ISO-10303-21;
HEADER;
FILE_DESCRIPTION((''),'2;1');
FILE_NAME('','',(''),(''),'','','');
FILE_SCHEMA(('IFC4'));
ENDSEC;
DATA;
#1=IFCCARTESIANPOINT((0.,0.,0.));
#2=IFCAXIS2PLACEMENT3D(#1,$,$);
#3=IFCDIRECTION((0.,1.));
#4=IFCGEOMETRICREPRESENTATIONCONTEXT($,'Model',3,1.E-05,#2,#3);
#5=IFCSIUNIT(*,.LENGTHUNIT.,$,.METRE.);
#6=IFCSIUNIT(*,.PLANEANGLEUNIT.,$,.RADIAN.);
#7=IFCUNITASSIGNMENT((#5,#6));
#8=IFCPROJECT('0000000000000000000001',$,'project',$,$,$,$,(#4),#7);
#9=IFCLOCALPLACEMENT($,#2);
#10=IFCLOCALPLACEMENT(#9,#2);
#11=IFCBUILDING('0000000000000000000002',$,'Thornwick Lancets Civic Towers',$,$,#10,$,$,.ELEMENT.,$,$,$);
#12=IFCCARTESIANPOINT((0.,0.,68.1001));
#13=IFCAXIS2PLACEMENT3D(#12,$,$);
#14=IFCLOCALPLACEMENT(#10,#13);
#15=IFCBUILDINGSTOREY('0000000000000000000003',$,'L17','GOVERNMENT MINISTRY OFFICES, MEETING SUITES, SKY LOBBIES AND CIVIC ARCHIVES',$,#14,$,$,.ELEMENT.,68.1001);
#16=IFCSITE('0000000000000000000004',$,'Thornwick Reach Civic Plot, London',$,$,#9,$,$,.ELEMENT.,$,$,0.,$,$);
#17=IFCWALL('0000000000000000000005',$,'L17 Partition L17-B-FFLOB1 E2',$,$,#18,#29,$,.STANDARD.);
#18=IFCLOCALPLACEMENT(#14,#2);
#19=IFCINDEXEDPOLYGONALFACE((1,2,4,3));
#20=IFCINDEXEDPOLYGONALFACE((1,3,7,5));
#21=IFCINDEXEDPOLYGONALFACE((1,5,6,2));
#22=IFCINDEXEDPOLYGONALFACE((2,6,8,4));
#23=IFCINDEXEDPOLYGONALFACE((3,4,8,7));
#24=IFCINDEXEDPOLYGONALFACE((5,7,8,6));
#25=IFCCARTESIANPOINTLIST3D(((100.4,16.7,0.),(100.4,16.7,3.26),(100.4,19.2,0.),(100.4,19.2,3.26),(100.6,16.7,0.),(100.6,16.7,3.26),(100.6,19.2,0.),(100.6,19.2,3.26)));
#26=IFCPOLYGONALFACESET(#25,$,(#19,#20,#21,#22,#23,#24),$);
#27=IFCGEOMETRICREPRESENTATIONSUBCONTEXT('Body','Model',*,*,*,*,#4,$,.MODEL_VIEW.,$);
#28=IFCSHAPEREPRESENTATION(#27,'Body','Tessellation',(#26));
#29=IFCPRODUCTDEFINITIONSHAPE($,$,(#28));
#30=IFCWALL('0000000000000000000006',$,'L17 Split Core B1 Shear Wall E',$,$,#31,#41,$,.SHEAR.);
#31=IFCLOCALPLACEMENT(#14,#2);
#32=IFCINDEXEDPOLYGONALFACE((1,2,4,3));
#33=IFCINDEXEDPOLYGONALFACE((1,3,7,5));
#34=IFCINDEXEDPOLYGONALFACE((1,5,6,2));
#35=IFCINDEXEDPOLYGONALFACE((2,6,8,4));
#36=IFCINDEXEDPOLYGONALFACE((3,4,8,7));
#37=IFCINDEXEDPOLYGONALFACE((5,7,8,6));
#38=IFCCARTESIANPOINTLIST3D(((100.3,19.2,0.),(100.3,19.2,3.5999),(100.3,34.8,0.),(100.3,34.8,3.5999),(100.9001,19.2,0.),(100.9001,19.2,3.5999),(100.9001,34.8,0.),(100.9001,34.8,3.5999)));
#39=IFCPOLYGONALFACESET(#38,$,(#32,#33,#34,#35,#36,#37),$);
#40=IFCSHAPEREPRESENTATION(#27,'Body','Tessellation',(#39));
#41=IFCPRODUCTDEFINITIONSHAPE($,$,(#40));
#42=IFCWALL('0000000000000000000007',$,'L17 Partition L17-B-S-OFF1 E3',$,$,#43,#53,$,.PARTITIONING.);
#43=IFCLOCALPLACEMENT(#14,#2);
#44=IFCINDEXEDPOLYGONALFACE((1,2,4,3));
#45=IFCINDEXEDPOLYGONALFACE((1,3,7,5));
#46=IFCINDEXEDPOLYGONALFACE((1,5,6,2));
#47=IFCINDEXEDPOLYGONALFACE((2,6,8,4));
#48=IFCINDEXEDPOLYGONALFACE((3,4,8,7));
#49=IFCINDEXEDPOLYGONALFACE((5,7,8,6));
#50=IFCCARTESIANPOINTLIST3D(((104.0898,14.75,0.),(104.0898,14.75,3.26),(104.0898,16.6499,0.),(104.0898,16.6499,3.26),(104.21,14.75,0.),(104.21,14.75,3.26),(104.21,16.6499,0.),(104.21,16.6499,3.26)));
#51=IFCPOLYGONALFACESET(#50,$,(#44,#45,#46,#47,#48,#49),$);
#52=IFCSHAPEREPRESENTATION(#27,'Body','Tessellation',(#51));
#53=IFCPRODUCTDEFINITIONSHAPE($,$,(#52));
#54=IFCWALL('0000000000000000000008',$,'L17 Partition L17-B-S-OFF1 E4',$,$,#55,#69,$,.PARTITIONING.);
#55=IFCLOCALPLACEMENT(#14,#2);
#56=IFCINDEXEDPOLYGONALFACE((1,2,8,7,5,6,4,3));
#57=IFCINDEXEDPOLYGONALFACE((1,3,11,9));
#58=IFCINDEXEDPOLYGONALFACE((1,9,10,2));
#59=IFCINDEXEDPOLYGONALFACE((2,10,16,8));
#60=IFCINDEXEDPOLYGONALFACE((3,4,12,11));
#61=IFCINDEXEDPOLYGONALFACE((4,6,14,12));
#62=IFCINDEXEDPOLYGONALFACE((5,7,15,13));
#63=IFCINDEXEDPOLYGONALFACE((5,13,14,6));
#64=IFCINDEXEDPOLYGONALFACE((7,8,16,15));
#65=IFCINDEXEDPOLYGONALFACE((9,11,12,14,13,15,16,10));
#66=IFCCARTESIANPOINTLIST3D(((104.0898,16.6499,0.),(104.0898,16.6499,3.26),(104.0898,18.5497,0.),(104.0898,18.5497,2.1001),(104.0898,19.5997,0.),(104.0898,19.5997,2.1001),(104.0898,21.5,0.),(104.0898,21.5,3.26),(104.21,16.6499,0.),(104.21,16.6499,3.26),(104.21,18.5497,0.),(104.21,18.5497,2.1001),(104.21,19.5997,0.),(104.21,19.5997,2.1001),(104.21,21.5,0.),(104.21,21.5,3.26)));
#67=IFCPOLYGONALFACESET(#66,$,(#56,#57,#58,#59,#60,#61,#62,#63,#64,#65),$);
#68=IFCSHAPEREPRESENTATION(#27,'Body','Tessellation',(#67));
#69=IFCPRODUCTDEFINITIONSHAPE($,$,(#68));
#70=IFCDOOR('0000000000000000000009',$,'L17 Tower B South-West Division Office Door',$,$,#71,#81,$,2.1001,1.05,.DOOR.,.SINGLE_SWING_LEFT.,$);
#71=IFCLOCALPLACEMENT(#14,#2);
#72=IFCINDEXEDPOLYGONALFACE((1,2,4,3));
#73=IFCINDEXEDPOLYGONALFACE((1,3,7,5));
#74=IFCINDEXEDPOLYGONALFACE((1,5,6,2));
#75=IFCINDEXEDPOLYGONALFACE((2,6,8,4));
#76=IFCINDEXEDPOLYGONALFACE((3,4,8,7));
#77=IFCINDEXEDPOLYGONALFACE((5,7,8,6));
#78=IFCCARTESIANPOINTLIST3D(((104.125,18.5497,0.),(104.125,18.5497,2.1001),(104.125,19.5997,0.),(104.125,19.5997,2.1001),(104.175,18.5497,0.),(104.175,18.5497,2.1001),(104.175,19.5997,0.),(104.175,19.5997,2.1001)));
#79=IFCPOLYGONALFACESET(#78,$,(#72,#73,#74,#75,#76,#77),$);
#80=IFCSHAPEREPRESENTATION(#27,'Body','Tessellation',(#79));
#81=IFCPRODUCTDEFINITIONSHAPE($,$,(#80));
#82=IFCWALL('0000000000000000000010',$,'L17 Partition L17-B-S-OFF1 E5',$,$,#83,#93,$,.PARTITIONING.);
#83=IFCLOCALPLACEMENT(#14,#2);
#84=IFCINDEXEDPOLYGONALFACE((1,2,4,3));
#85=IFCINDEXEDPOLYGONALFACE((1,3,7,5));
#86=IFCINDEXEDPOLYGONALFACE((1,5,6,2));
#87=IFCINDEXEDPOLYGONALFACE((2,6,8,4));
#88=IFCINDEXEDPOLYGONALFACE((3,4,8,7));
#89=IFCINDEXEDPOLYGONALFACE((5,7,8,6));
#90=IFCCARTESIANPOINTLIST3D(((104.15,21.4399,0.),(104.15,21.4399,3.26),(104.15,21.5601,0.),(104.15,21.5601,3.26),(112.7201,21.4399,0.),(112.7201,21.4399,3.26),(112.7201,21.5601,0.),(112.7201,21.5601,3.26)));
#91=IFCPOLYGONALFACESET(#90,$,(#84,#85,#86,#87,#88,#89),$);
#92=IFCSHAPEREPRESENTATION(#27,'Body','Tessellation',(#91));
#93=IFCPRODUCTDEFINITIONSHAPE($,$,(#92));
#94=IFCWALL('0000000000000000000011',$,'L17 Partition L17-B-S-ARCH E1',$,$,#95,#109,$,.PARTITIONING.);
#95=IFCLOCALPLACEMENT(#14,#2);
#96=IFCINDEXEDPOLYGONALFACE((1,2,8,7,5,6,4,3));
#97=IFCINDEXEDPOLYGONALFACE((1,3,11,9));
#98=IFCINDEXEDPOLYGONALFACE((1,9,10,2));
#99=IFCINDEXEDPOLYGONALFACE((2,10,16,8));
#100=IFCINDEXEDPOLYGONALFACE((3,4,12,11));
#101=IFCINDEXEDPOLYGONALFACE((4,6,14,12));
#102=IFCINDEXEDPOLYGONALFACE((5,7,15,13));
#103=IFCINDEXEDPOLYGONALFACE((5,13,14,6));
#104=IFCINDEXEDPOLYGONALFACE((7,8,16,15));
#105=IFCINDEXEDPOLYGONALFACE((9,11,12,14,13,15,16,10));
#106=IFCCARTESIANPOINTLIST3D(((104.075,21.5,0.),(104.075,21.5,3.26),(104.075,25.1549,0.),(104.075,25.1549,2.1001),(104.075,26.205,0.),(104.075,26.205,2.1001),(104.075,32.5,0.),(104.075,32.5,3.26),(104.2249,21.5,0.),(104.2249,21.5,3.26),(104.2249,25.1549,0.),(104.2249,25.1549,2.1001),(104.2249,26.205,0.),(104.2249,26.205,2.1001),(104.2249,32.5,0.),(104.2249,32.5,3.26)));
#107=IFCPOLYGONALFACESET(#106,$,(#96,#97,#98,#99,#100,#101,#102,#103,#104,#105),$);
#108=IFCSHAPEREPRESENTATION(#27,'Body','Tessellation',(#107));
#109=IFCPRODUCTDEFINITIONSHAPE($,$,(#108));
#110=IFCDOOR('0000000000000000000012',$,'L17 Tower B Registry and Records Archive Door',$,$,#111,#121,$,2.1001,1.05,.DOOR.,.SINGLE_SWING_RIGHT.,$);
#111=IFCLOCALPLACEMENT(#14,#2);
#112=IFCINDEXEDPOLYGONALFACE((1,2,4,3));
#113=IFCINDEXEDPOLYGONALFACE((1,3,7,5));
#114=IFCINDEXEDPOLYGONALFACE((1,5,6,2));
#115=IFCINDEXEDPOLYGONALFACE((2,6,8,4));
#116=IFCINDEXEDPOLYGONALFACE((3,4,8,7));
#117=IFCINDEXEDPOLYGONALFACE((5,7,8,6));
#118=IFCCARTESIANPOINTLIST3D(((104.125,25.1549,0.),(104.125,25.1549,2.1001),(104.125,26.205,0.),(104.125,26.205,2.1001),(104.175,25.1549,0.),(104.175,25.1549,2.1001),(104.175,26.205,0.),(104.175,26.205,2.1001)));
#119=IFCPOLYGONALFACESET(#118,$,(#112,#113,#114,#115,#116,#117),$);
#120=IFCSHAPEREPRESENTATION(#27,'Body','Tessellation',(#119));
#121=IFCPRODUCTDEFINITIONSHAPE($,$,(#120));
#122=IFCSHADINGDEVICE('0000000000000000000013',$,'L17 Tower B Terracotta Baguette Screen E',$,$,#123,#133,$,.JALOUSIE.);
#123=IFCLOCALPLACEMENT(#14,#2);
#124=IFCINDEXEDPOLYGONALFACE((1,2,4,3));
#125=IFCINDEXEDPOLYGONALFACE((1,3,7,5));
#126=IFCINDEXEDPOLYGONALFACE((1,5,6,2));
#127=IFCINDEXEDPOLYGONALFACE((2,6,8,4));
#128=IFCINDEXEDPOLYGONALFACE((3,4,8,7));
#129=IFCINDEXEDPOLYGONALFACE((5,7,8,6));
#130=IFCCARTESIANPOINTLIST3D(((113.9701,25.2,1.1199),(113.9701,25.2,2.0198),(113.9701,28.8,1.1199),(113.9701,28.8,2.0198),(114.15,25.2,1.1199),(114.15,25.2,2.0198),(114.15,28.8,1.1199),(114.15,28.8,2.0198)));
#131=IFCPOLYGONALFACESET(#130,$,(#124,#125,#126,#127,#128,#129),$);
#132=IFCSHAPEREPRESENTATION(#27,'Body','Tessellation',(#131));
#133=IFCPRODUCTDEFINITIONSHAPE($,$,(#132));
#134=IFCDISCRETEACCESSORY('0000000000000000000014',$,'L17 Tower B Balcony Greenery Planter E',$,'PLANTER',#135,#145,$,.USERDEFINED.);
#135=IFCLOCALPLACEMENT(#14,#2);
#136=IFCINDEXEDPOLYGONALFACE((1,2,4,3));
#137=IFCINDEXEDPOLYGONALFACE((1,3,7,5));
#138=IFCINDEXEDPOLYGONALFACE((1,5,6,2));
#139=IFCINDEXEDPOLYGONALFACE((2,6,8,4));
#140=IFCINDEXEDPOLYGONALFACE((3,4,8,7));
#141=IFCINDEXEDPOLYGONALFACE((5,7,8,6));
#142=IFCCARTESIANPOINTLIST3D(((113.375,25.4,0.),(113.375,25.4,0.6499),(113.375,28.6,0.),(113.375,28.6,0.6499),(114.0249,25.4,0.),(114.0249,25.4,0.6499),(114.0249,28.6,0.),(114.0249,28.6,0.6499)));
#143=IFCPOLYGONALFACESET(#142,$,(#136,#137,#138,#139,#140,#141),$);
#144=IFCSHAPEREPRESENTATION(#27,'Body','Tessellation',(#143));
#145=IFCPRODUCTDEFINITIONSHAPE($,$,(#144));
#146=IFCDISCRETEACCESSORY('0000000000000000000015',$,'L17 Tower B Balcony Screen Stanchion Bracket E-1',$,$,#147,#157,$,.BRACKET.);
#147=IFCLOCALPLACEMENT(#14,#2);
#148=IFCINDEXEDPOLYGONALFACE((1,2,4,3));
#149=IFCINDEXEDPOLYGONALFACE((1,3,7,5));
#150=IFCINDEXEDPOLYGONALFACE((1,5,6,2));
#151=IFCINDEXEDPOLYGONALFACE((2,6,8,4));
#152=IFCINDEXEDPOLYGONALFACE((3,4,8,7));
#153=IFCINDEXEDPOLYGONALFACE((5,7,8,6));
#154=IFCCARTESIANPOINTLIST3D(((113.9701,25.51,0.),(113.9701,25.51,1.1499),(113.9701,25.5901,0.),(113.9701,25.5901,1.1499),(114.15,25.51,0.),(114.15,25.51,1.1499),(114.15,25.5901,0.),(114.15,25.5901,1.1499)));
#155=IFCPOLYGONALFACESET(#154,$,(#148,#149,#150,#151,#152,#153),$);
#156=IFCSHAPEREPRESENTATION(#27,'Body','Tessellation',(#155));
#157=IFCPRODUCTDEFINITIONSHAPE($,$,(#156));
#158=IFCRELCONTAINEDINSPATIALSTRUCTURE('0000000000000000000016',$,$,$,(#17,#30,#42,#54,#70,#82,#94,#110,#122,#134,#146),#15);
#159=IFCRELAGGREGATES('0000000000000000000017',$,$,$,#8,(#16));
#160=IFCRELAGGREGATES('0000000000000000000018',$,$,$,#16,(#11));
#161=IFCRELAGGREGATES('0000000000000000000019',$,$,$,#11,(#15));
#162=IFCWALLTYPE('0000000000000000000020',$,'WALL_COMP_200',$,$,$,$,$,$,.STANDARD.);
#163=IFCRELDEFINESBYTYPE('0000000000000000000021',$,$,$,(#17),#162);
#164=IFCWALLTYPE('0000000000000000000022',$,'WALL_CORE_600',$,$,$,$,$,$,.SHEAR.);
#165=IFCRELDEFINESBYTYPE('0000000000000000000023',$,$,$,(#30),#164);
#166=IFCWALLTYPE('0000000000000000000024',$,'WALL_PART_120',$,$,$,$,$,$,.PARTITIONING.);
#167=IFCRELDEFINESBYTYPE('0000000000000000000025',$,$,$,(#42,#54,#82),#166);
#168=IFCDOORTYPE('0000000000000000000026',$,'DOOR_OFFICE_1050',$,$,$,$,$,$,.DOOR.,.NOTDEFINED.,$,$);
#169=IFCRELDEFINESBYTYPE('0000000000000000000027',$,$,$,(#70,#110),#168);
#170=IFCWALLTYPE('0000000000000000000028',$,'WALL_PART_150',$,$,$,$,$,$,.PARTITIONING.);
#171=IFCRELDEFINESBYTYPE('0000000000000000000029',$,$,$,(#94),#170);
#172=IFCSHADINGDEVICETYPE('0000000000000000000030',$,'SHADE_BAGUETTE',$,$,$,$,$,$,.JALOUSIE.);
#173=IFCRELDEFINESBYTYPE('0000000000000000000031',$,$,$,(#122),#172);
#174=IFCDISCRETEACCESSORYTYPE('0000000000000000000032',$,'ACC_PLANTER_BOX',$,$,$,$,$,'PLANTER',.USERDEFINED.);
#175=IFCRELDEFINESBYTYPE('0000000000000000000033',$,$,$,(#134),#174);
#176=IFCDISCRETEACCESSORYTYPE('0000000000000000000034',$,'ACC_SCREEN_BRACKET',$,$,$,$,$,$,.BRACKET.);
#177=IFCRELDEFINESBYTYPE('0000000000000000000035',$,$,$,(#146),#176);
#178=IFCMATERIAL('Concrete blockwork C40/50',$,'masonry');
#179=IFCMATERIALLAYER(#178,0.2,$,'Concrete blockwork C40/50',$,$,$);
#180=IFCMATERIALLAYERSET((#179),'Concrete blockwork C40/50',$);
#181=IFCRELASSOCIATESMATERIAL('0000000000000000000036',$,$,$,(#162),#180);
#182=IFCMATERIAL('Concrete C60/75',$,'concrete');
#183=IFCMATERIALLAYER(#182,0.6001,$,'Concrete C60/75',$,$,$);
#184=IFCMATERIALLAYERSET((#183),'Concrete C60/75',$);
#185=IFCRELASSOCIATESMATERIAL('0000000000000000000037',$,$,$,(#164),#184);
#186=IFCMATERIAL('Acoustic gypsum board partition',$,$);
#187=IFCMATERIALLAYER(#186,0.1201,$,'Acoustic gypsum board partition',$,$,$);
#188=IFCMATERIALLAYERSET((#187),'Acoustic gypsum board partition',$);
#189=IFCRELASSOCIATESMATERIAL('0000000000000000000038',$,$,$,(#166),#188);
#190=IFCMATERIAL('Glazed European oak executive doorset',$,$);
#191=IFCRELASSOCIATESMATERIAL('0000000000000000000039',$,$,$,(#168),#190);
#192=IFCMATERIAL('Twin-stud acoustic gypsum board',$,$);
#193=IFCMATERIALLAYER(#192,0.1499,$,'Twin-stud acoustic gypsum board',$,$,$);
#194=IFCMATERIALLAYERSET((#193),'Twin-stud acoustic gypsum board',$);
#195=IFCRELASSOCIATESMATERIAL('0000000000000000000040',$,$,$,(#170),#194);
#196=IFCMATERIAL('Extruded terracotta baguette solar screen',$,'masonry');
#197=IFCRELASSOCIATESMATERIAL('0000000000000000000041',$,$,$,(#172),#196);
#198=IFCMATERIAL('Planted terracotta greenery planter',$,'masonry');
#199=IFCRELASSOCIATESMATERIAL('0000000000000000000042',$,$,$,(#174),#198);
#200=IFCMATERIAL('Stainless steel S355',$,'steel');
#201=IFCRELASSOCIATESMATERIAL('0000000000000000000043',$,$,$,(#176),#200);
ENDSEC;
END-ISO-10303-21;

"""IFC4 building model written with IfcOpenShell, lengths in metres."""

from ifc_helpers import new_model, si_unit, direction, frame, frame_2d, origin, origin_2d, place, context, subcontext, project, spatial, rectangle, extrude, material, layer, layer_set, type_object, element, fill, save


model = new_model("IFC4")

# Units and contexts
model_context = context("Model", 3, precision=1e-05, world=origin(), true_north=direction((0.0, 1.0)))
body_context = subcontext(model_context, "Body", "Model", "MODEL_VIEW")
ifc_project = project(units=[si_unit("LENGTHUNIT", "METRE"), si_unit("PLANEANGLEUNIT", "RADIAN")], contexts=[model_context])

# Site, building, storey
site_placement = place(None, origin())
site = spatial("IfcSite", under=ifc_project, at=site_placement, Name="Thornwick Reach Civic Plot, London", CompositionType="ELEMENT", RefElevation=0.0)
building_placement = place(site_placement, origin())
building = spatial("IfcBuilding", under=site, at=building_placement, Name="Thornwick Lancets Civic Towers", CompositionType="ELEMENT")
storey_placement = place(building_placement, frame((0.0, 0.0, 68.1001)))
storey = spatial("IfcBuildingStorey", under=building, at=storey_placement, Name="L17", Description="GOVERNMENT MINISTRY OFFICES, MEETING SUITES, SKY LOBBIES AND CIVIC ARCHIVES", CompositionType="ELEMENT", Elevation=68.1001)

# Shared definitions
ifc_material_1 = material(Name="Concrete C60/75", Category="concrete")

# Walls
ifc_material_2 = material(Name="Concrete blockwork C40/50", Category="masonry")
ifc_layer_1 = layer(ifc_material_2, 0.2, Name="Concrete blockwork C40/50")
ifc_layer_set_1 = layer_set([ifc_layer_1], Name="Concrete blockwork C40/50")
wall_type_1 = type_object("IfcWallType", Name="WALL_COMP_200", PredefinedType="STANDARD", material=ifc_layer_set_1)
wall_1_placement = place(storey_placement, frame((100.5, 16.7, 0.0), z_axis=(0.0, 0.0, 1.0), x_axis=(0.0, 1.0, 0.0)))
element("IfcWall", 1, at=wall_1_placement, inside=storey, type_object=wall_type_1, Name="L17 Partition L17-B-FFLOB1 E2", PredefinedType="STANDARD", context=body_context, shape_type="SweptSolid", body=[
    extrude(rectangle(XDim=2.5, YDim=0.2, at=frame_2d((1.25, 0.0))), origin(), (0.0, 0.0, 1.0), 3.26),
])
ifc_layer_2 = layer(ifc_material_1, 0.6001, Name="Concrete C60/75")
ifc_layer_set_2 = layer_set([ifc_layer_2], Name="Concrete C60/75")
wall_type_2 = type_object("IfcWallType", Name="WALL_CORE_600", PredefinedType="SHEAR", material=ifc_layer_set_2)
wall_2_placement = place(storey_placement, frame((100.6001, 19.2, 0.0), z_axis=(0.0, 0.0, 1.0), x_axis=(0.0, 1.0, 0.0)))
element("IfcWall", 2, at=wall_2_placement, inside=storey, type_object=wall_type_2, Name="L17 Split Core B1 Shear Wall E", PredefinedType="SHEAR", context=body_context, shape_type="SweptSolid", body=[
    extrude(rectangle(XDim=15.6001, YDim=0.6001, at=frame_2d((7.8, 0.0))), origin(), (0.0, 0.0, 1.0), 3.5999),
])
ifc_material_3 = material(Name="Acoustic gypsum board partition")
ifc_layer_3 = layer(ifc_material_3, 0.1201, Name="Acoustic gypsum board partition")
ifc_layer_set_3 = layer_set([ifc_layer_3], Name="Acoustic gypsum board partition")
wall_type_3 = type_object("IfcWallType", Name="WALL_PART_120", PredefinedType="PARTITIONING", material=ifc_layer_set_3)
wall_3_placement = place(storey_placement, frame((104.1499, 14.75, 0.0), z_axis=(0.0, 0.0, 1.0), x_axis=(0.0, 1.0, 0.0)))
element("IfcWall", 3, at=wall_3_placement, inside=storey, type_object=wall_type_3, Name="L17 Partition L17-B-S-OFF1 E3", PredefinedType="PARTITIONING", context=body_context, shape_type="SweptSolid", body=[
    extrude(rectangle(XDim=1.8999, YDim=0.1201, at=frame_2d((0.95, 0.0))), origin(), (0.0, 0.0, 1.0), 3.26),
])

# Wall, opening, door
wall_4_placement = place(storey_placement, frame((104.1499, 16.6499, 0.0), z_axis=(0.0, 0.0, 1.0), x_axis=(0.0, 1.0, 0.0)))
wall_4 = element("IfcWall", 4, at=wall_4_placement, inside=storey, type_object=wall_type_3, Name="L17 Partition L17-B-S-OFF1 E4", PredefinedType="PARTITIONING", context=body_context, shape_type="SweptSolid", body=[
    extrude(rectangle(XDim=4.8501, YDim=0.1201, at=frame_2d((2.425, 0.0))), origin(), (0.0, 0.0, 1.0), 3.26),
])
opening_1_placement = place(wall_4_placement, frame((1.8999, 0.0, 0.0)))
opening_1 = element("IfcOpeningElement", 5, at=opening_1_placement, cuts=wall_4, PredefinedType="OPENING", context=body_context, shape_type="SweptSolid", body=[
    extrude(rectangle(XDim=1.05, YDim=2.1001, at=frame_2d((0.5249, 1.05))), frame((0.0, 0.0701, 0.0), z_axis=(0.0, -1.0, 0.0), x_axis=(1.0, 0.0, 0.0)), (0.0, 0.0, 1.0), 0.1401),
])
ifc_material_4 = material(Name="Glazed European oak executive doorset")
door_type = type_object("IfcDoorType", Name="DOOR_OFFICE_1050", OperationType="NOTDEFINED", PredefinedType="DOOR", material=ifc_material_4)
door_1_placement = place(opening_1_placement, origin())
door_1 = element("IfcDoor", 6, at=door_1_placement, inside=storey, type_object=door_type, Name="L17 Tower B South-West Division Office Door", OperationType="SINGLE_SWING_LEFT", OverallHeight=2.1001, OverallWidth=1.05, PredefinedType="DOOR", context=body_context, shape_type="SweptSolid", body=[
    extrude(rectangle(XDim=1.05, YDim=2.1001, at=frame_2d((0.5249, 1.05))), frame((0.0, 0.0249, 0.0), z_axis=(0.0, -1.0, 0.0), x_axis=(1.0, 0.0, 0.0)), (0.0, 0.0, 1.0), 0.05),
])
fill(opening_1, door_1)

# Wall
wall_5_placement = place(storey_placement, frame((104.1499, 21.5, 0.0), z_axis=(0.0, 0.0, 1.0), x_axis=(1.0, 0.0, 0.0)))
element("IfcWall", 7, at=wall_5_placement, inside=storey, type_object=wall_type_3, Name="L17 Partition L17-B-S-OFF1 E5", PredefinedType="PARTITIONING", context=body_context, shape_type="SweptSolid", body=[
    extrude(rectangle(XDim=8.5701, YDim=0.1201, at=frame_2d((4.2852, 0.0))), origin(), (0.0, 0.0, 1.0), 3.26),
])

# Wall, opening, door
ifc_material_5 = material(Name="Twin-stud acoustic gypsum board")
ifc_layer_4 = layer(ifc_material_5, 0.1499, Name="Twin-stud acoustic gypsum board")
ifc_layer_set_4 = layer_set([ifc_layer_4], Name="Twin-stud acoustic gypsum board")
wall_type_4 = type_object("IfcWallType", Name="WALL_PART_150", PredefinedType="PARTITIONING", material=ifc_layer_set_4)
wall_6_placement = place(storey_placement, frame((104.1499, 21.5, 0.0), z_axis=(0.0, 0.0, 1.0), x_axis=(0.0, 1.0, 0.0)))
wall_6 = element("IfcWall", 8, at=wall_6_placement, inside=storey, type_object=wall_type_4, Name="L17 Partition L17-B-S-ARCH E1", PredefinedType="PARTITIONING", context=body_context, shape_type="SweptSolid", body=[
    extrude(rectangle(XDim=11.0, YDim=0.1499, at=frame_2d((5.5, 0.0))), origin(), (0.0, 0.0, 1.0), 3.26),
])
opening_2_placement = place(wall_6_placement, frame((3.655, 0.0, 0.0)))
opening_2 = element("IfcOpeningElement", 9, at=opening_2_placement, cuts=wall_6, PredefinedType="OPENING", context=body_context, shape_type="SweptSolid", body=[
    extrude(rectangle(XDim=1.05, YDim=2.1001, at=frame_2d((0.5249, 1.05))), frame((0.0, 0.085, 0.0), z_axis=(0.0, -1.0, 0.0), x_axis=(1.0, 0.0, 0.0)), (0.0, 0.0, 1.0), 0.1699),
])
door_2_placement = place(opening_2_placement, origin())
door_2 = element("IfcDoor", 10, at=door_2_placement, inside=storey, type_object=door_type, Name="L17 Tower B Registry and Records Archive Door", OperationType="SINGLE_SWING_RIGHT", OverallHeight=2.1001, OverallWidth=1.05, PredefinedType="DOOR", context=body_context, shape_type="SweptSolid", body=[
    extrude(rectangle(XDim=1.05, YDim=2.1001, at=frame_2d((0.5249, 1.05))), frame((0.0, 0.0249, 0.0), z_axis=(0.0, -1.0, 0.0), x_axis=(1.0, 0.0, 0.0)), (0.0, 0.0, 1.0), 0.05),
])
fill(opening_2, door_2)

# Shading device
ifc_material_6 = material(Name="Extruded terracotta baguette solar screen", Category="masonry")
shading_device_type = type_object("IfcShadingDeviceType", Name="SHADE_BAGUETTE", PredefinedType="JALOUSIE", material=ifc_material_6)
shading_device_placement = place(storey_placement, frame((114.0601, 27.0, 1.1199), z_axis=(0.0, 0.0, 1.0), x_axis=(0.0, 1.0, 0.0)))
element("IfcShadingDevice", 11, at=shading_device_placement, inside=storey, type_object=shading_device_type, Name="L17 Tower B Terracotta Baguette Screen E", PredefinedType="JALOUSIE", context=body_context, shape_type="SweptSolid", body=[
    extrude(rectangle(XDim=3.6001, YDim=0.1799, at=origin_2d()), origin(), (0.0, 0.0, 1.0), 0.8999),
])

# Discrete accessories
ifc_material_7 = material(Name="Planted terracotta greenery planter", Category="masonry")
discrete_accessory_type_1 = type_object("IfcDiscreteAccessoryType", Name="ACC_PLANTER_BOX", ElementType="PLANTER", PredefinedType="USERDEFINED", material=ifc_material_7)
discrete_accessory_1_placement = place(storey_placement, frame((113.7, 27.0, 0.0), z_axis=(0.0, 0.0, 1.0), x_axis=(1.0, 0.0, 0.0)))
element("IfcDiscreteAccessory", 12, at=discrete_accessory_1_placement, inside=storey, type_object=discrete_accessory_type_1, Name="L17 Tower B Balcony Greenery Planter E", ObjectType="PLANTER", PredefinedType="USERDEFINED", context=body_context, shape_type="SweptSolid", body=[
    extrude(rectangle(XDim=0.6499, YDim=3.2, at=origin_2d()), origin(), (0.0, 0.0, 1.0), 0.6499),
])
ifc_material_8 = material(Name="Stainless steel S355", Category="steel")
discrete_accessory_type_2 = type_object("IfcDiscreteAccessoryType", Name="ACC_SCREEN_BRACKET", PredefinedType="BRACKET", material=ifc_material_8)
discrete_accessory_2_placement = place(storey_placement, frame((114.0601, 25.55, 0.0), z_axis=(0.0, 0.0, 1.0), x_axis=(0.0, 1.0, 0.0)))
element("IfcDiscreteAccessory", 13, at=discrete_accessory_2_placement, inside=storey, type_object=discrete_accessory_type_2, Name="L17 Tower B Balcony Screen Stanchion Bracket E-1", PredefinedType="BRACKET", context=body_context, shape_type="SweptSolid", body=[
    extrude(rectangle(XDim=0.0801, YDim=0.1799, at=origin_2d()), origin(), (0.0, 0.0, 1.0), 1.1499),
])

save(model, "model.ifc")
